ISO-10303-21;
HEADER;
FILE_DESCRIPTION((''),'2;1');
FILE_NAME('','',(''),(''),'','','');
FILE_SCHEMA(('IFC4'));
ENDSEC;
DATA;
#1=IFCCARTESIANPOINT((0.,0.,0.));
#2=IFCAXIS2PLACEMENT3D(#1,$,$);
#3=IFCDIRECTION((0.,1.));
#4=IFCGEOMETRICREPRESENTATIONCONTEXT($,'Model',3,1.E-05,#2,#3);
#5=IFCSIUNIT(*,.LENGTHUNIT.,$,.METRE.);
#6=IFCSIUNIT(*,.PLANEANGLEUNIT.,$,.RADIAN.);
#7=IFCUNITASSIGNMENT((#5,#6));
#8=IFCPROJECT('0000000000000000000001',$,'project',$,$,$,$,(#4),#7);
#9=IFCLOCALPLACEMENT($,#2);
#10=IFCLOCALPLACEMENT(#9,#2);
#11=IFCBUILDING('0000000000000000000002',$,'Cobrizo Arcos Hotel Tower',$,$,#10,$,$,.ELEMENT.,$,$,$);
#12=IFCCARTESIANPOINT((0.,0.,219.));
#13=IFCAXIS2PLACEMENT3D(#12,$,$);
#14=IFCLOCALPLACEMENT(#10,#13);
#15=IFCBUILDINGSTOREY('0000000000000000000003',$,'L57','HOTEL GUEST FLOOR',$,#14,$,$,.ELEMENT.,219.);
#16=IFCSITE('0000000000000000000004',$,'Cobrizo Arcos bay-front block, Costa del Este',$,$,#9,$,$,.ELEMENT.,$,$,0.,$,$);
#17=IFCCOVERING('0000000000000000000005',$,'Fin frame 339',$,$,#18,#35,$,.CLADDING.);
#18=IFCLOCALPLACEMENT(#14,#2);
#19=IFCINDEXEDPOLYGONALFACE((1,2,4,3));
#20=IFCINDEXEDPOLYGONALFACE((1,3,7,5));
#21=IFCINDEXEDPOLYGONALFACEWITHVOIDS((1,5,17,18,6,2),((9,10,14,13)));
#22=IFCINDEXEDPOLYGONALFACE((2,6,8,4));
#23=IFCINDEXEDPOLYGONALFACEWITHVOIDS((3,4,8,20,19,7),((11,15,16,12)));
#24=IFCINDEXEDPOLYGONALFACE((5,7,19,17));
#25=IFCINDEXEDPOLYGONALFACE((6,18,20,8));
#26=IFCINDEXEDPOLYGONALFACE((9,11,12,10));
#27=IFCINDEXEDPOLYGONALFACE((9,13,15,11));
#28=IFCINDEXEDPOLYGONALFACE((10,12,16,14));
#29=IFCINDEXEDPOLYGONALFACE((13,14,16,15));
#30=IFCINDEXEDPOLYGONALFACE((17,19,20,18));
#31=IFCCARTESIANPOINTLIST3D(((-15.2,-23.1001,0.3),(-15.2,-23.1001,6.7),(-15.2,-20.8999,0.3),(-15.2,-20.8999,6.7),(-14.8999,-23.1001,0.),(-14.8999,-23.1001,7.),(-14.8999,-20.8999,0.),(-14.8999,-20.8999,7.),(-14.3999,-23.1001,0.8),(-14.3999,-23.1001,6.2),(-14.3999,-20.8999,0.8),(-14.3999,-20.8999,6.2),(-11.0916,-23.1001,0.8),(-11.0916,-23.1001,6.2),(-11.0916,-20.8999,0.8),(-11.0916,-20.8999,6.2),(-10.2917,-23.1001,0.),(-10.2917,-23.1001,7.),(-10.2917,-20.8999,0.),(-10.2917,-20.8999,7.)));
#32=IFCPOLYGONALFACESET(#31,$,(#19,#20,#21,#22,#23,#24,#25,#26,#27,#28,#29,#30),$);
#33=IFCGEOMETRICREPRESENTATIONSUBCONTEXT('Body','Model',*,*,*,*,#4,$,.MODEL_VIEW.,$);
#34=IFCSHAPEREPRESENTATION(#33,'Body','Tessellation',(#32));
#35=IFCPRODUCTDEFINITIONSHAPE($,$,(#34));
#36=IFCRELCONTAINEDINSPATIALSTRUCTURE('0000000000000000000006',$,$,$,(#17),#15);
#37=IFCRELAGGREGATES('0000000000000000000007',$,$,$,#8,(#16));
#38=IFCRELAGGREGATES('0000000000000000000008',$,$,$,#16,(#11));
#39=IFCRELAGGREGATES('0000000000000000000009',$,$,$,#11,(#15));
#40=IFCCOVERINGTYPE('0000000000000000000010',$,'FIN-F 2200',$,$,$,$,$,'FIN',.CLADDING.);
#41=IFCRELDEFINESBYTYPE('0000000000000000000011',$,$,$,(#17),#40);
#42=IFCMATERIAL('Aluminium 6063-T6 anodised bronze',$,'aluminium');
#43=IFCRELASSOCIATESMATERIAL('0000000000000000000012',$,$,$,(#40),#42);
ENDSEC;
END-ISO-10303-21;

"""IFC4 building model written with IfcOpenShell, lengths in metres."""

from ifc_helpers import new_model, si_unit, direction, frame, origin, place, context, subcontext, project, spatial, polyline, outline, extrude, material, type_object, element, save


model = new_model("IFC4")

# Units and contexts
model_context = context("Model", 3, precision=1e-05, world=origin(), true_north=direction((0.0, 1.0)))
body_context = subcontext(model_context, "Body", "Model", "MODEL_VIEW")
ifc_project = project(units=[si_unit("LENGTHUNIT", "METRE"), si_unit("PLANEANGLEUNIT", "RADIAN")], contexts=[model_context])

# Site, building, storey
site_placement = place(None, origin())
site = spatial("IfcSite", under=ifc_project, at=site_placement, Name="Cobrizo Arcos bay-front block, Costa del Este", CompositionType="ELEMENT", RefElevation=0.0)
building_placement = place(site_placement, origin())
building = spatial("IfcBuilding", under=site, at=building_placement, Name="Cobrizo Arcos Hotel Tower", CompositionType="ELEMENT")
storey_placement = place(building_placement, frame((0.0, 0.0, 219.0)))
storey = spatial("IfcBuildingStorey", under=building, at=storey_placement, Name="L57", Description="HOTEL GUEST FLOOR", CompositionType="ELEMENT", Elevation=219.0)

# Shared definitions
ifc_material_1 = material(Name="Aluminium 6063-T6 anodised bronze", Category="aluminium")

# Covering
covering_type = type_object("IfcCoveringType", Name="FIN-F 2200", ElementType="FIN", PredefinedType="CLADDING", material=ifc_material_1)
covering_placement = place(storey_placement, frame((-15.2, -20.8999, 0.0), z_axis=(0.0, -1.0, 0.0), x_axis=(1.0, 0.0, 0.0)))
element("IfcCovering", 1, at=covering_placement, inside=storey, type_object=covering_type, Name="Fin frame 339", PredefinedType="CLADDING", context=body_context, shape_type="SweptSolid", body=[
    extrude(outline(polyline([(0.0, 0.3), (0.3, 0.0), (4.9082, 0.0), (4.9082, 7.0), (0.3, 7.0), (0.0, 6.7), (0.0, 0.3)]), holes=[polyline([(4.1084, 0.8), (0.8, 0.8), (0.8, 6.2), (4.1084, 6.2), (4.1084, 0.8)])]), origin(), (0.0, 0.0, 1.0), 2.2002),
])

save(model, "model.ifc")
